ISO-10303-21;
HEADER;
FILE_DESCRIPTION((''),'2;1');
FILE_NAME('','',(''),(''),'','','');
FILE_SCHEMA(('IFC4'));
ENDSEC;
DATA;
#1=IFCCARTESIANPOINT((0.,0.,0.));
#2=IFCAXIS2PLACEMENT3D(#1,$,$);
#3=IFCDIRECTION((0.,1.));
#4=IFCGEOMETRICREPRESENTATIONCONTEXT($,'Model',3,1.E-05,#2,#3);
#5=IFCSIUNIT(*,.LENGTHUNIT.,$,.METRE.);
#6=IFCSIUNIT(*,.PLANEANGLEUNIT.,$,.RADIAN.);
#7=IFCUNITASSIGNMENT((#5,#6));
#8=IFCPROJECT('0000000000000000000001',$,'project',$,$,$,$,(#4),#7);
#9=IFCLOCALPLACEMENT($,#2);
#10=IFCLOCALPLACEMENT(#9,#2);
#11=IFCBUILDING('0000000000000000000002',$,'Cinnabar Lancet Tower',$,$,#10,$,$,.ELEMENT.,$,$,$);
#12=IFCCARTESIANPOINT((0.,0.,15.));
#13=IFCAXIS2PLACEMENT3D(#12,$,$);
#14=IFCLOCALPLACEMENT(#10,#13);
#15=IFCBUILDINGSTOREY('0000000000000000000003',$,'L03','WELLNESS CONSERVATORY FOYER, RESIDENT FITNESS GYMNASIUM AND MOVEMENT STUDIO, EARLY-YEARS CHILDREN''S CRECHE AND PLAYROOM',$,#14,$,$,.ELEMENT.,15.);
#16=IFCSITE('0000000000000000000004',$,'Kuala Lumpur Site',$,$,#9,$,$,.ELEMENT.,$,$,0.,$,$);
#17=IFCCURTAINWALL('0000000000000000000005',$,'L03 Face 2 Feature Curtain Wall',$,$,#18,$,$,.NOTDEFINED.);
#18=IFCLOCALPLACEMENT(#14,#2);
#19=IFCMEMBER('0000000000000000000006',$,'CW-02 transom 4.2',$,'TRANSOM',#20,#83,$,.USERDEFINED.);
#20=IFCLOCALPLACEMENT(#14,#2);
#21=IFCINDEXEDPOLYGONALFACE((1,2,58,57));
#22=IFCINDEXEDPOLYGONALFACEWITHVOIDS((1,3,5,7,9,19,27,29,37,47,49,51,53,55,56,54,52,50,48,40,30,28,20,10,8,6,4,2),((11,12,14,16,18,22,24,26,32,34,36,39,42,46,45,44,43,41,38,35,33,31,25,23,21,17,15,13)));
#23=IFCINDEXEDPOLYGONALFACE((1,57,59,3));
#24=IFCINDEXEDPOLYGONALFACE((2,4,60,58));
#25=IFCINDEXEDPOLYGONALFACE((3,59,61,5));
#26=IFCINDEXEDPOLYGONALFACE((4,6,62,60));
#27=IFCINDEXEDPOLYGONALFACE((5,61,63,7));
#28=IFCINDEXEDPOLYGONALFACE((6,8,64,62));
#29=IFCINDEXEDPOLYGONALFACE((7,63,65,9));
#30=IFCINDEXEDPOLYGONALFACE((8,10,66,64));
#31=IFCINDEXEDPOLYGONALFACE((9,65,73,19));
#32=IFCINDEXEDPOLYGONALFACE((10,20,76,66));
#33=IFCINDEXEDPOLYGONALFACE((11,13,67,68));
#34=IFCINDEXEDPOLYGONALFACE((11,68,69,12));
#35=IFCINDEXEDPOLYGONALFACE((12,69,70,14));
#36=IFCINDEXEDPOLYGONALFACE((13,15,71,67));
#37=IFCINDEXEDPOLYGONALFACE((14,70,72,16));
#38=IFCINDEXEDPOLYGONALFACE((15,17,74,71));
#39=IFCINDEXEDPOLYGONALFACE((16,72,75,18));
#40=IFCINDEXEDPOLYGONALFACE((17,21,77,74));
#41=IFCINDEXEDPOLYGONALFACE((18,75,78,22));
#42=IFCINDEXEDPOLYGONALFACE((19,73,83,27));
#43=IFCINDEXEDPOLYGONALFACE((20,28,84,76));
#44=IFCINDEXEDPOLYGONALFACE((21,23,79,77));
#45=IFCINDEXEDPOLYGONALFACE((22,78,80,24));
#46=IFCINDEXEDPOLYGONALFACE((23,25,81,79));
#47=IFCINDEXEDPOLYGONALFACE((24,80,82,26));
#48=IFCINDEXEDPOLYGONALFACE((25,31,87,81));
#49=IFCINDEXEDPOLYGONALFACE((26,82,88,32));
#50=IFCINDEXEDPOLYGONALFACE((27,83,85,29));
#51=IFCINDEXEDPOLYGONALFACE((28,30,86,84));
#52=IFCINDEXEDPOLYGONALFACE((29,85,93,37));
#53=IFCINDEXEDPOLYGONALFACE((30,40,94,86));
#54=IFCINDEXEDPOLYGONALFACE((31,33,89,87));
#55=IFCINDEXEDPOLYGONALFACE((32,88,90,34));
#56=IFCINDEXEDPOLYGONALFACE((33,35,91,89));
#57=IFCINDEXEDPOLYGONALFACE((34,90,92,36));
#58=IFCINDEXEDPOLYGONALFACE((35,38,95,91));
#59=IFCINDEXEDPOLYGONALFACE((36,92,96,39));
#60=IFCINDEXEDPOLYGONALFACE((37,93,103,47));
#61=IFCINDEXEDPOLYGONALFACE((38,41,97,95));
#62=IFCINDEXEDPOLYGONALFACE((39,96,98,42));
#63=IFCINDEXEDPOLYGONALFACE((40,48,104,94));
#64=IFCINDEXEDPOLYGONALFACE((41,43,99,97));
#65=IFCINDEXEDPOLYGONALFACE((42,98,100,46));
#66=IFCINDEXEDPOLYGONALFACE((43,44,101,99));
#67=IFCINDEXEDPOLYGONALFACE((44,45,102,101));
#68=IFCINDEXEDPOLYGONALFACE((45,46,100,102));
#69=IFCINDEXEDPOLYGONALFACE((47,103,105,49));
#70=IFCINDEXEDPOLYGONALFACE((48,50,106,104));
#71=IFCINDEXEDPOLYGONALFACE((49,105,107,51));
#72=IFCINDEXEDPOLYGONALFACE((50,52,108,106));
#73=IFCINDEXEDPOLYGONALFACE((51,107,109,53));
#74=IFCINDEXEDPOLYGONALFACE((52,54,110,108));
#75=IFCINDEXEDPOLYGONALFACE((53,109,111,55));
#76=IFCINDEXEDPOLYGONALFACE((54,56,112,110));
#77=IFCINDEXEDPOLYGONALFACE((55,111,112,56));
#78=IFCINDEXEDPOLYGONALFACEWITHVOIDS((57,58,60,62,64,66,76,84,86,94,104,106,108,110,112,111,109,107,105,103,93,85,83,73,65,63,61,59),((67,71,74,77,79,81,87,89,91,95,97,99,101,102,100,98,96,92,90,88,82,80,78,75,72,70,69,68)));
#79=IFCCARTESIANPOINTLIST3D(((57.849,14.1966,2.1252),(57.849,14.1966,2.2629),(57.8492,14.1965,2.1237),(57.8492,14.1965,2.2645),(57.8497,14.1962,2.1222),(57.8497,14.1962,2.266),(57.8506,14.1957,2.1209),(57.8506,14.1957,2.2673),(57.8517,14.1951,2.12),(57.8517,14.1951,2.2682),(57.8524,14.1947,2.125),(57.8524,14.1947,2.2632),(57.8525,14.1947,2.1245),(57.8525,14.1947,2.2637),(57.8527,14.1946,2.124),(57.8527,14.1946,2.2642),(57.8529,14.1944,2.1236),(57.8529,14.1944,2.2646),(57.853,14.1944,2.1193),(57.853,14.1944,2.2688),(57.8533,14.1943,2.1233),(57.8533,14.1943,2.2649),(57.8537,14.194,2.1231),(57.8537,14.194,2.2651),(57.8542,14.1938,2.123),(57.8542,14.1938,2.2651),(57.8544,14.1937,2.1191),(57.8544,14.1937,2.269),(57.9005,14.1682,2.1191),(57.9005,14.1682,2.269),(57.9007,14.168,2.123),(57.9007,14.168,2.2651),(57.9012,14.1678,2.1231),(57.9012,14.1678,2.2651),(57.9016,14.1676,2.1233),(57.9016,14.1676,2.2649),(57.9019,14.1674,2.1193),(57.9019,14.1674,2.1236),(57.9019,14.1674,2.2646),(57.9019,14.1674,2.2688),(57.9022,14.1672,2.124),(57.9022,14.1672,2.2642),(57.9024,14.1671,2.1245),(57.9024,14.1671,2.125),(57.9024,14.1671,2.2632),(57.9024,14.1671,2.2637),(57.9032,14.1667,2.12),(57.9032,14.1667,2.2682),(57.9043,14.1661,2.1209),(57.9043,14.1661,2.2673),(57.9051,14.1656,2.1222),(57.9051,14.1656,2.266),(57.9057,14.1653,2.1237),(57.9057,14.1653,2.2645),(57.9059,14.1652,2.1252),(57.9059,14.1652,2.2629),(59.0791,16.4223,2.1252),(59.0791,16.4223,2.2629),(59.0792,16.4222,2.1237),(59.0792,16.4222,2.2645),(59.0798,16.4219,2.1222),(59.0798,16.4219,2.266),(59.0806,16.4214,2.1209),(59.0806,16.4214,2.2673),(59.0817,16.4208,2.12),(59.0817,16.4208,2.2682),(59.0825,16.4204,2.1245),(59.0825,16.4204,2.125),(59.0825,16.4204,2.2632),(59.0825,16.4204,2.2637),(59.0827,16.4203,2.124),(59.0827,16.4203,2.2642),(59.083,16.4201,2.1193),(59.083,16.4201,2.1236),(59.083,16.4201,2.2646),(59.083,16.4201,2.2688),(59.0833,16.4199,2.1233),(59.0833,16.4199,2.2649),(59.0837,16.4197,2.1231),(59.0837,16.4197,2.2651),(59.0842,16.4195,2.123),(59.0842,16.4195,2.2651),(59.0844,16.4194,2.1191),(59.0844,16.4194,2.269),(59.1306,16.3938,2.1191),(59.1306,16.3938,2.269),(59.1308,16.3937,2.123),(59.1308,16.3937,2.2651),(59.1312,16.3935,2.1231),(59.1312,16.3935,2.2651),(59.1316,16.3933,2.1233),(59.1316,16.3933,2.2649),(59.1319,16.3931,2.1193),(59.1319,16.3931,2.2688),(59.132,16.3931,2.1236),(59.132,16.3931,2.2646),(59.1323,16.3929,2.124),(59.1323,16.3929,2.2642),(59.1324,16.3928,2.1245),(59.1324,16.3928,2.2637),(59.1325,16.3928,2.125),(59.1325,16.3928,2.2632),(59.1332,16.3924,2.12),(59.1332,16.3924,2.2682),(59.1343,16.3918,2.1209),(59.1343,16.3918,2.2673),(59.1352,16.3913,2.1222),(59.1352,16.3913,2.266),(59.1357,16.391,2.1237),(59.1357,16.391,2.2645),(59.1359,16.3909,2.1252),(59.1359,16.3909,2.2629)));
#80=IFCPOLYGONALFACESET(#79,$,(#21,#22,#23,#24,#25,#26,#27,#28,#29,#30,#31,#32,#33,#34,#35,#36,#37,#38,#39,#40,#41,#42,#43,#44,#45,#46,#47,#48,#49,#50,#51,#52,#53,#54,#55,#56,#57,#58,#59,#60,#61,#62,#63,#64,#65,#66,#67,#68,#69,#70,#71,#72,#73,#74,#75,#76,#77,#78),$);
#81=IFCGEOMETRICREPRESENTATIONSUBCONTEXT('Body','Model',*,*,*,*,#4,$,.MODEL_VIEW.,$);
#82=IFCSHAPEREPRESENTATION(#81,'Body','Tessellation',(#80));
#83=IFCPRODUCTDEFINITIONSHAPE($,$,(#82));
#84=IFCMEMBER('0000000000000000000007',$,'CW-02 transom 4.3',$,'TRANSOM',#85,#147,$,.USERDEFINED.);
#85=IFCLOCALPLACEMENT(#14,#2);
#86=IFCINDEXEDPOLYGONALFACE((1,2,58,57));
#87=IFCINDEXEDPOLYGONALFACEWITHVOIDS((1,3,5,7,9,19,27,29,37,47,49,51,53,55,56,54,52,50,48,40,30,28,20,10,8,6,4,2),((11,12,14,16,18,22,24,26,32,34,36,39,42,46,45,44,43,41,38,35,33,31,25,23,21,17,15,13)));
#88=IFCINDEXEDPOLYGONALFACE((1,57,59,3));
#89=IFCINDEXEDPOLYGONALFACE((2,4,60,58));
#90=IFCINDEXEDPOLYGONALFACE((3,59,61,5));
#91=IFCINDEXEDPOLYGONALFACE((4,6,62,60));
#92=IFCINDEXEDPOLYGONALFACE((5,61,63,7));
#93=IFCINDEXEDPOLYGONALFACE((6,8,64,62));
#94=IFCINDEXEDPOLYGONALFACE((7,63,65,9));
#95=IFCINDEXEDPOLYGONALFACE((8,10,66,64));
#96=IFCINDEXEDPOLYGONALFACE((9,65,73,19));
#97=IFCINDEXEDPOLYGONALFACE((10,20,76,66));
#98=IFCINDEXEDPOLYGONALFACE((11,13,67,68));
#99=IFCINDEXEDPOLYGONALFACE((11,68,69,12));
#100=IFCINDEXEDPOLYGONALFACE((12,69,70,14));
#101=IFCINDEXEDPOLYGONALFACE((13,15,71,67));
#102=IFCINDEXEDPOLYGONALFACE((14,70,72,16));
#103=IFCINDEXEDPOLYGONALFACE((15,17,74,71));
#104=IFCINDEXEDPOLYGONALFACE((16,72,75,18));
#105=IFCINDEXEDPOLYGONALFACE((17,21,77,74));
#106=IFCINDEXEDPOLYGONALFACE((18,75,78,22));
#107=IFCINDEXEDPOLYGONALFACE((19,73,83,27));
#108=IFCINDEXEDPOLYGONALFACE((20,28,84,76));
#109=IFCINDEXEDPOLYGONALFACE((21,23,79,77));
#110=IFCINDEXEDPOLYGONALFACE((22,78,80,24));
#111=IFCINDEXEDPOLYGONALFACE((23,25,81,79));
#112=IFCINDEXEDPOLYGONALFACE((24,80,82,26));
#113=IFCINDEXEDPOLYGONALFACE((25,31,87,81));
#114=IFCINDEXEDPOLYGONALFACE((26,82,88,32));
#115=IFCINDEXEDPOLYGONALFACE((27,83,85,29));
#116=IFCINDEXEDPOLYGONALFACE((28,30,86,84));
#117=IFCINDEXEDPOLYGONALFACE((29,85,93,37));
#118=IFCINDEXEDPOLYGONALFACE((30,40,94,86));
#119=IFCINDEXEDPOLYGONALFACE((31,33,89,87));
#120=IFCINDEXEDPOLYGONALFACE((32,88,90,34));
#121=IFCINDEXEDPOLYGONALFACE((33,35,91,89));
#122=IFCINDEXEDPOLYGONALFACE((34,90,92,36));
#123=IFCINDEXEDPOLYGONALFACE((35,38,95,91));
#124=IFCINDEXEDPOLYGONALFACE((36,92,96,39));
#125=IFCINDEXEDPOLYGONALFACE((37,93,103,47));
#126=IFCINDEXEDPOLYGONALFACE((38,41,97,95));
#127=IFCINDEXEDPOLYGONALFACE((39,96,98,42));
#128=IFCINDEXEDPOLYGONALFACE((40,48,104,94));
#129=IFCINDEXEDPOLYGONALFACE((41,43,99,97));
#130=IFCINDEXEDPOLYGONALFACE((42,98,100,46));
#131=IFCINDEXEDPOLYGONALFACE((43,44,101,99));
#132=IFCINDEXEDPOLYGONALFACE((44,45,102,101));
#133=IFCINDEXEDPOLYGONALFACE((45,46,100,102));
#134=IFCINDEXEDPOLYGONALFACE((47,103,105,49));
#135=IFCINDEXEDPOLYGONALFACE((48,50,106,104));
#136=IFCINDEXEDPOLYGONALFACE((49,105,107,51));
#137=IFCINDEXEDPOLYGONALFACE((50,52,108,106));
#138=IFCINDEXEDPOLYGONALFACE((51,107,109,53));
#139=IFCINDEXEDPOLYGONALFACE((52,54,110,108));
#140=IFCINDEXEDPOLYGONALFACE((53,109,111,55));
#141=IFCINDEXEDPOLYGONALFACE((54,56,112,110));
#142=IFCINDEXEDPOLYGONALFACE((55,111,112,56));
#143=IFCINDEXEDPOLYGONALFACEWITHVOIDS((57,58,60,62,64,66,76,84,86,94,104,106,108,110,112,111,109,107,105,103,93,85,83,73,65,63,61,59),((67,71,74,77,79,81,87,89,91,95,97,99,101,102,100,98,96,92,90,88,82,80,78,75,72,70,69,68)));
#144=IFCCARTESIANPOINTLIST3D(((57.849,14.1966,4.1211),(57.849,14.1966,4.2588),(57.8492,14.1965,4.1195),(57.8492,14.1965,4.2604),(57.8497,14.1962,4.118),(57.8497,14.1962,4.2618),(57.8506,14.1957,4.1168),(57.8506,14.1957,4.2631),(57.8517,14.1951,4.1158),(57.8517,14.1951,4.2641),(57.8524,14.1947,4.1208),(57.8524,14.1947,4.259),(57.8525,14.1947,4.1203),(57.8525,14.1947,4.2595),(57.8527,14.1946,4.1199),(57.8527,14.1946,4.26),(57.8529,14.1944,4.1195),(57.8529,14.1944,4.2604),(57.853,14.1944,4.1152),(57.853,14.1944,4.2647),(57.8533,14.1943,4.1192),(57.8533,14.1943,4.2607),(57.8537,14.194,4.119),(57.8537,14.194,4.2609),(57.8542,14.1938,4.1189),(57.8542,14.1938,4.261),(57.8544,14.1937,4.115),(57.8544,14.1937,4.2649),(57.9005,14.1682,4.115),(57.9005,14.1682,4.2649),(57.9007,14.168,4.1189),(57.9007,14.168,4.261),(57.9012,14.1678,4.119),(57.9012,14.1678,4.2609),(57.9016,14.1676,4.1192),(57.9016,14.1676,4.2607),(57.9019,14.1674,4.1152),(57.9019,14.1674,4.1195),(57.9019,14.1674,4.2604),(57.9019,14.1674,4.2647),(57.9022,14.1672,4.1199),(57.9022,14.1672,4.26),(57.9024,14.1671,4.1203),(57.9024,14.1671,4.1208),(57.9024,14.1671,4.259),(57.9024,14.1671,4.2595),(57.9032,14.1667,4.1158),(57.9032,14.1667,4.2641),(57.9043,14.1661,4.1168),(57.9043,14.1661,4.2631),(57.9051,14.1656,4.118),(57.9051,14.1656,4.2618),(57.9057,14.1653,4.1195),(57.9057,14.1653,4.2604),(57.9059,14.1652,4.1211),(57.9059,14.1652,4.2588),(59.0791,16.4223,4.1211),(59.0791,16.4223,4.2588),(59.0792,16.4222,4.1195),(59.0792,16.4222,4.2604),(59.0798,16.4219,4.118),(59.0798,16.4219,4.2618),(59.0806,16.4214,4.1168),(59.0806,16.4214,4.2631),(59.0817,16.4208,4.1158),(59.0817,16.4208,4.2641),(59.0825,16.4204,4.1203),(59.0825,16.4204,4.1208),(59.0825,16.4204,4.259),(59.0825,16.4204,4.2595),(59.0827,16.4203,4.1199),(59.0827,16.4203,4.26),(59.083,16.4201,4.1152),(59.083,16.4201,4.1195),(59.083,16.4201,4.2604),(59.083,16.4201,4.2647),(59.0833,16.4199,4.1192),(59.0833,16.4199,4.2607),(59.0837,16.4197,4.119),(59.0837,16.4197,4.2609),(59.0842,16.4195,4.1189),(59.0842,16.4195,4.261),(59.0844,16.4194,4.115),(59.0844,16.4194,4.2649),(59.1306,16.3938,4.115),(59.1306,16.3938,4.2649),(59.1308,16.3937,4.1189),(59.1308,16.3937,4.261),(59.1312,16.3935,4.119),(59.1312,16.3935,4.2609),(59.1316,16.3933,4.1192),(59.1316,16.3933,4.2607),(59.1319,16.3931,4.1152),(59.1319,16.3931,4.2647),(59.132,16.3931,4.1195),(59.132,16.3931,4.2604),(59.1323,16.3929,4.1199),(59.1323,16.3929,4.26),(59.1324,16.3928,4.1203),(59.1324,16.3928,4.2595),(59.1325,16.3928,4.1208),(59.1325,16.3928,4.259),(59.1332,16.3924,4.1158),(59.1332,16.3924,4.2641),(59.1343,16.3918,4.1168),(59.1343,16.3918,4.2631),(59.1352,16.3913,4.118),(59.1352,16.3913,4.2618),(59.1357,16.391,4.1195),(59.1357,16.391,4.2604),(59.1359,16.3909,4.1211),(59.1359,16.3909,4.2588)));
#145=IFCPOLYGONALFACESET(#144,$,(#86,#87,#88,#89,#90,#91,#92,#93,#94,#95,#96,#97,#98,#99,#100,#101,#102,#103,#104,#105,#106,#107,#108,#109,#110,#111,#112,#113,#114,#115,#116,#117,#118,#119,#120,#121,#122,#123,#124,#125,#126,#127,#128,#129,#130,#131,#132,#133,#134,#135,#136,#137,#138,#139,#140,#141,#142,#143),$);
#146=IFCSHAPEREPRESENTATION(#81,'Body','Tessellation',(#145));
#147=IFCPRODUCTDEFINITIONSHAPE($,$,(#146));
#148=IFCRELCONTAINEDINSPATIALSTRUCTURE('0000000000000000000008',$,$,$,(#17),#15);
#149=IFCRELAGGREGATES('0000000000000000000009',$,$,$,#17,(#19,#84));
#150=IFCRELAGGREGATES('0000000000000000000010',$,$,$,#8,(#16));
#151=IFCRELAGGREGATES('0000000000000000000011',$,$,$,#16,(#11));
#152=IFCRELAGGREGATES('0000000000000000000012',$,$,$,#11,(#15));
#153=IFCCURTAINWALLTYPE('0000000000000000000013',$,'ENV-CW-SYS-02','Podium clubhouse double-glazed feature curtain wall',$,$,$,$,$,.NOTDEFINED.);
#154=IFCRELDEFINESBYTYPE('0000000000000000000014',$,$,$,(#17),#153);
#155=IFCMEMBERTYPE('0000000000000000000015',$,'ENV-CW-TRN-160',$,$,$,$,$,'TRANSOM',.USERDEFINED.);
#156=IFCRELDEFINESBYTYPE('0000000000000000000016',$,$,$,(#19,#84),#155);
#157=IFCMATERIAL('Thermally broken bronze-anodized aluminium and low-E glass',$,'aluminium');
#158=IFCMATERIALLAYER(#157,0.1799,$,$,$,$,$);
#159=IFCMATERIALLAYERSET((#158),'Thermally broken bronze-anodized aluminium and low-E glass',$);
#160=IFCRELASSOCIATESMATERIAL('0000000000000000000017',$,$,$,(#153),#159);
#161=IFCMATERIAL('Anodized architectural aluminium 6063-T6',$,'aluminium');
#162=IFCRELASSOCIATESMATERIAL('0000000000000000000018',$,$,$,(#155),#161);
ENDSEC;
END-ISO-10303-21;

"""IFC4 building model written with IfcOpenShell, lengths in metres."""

from ifc_helpers import new_model, si_unit, direction, frame, origin, origin_2d, place, context, subcontext, project, spatial, hollow_rectangle, extrude, material, layer, layer_set, material_profile, profile_set, type_object, element, aggregate, save


model = new_model("IFC4")

# Units and contexts
model_context = context("Model", 3, precision=1e-05, world=origin(), true_north=direction((0.0, 1.0)))
body_context = subcontext(model_context, "Body", "Model", "MODEL_VIEW")
ifc_project = project(units=[si_unit("LENGTHUNIT", "METRE"), si_unit("PLANEANGLEUNIT", "RADIAN")], contexts=[model_context])

# Site, building, storey
site_placement = place(None, origin())
site = spatial("IfcSite", under=ifc_project, at=site_placement, Name="Kuala Lumpur Site", CompositionType="ELEMENT", RefElevation=0.0)
building_placement = place(site_placement, origin())
building = spatial("IfcBuilding", under=site, at=building_placement, Name="Cinnabar Lancet Tower", CompositionType="ELEMENT")
storey_placement = place(building_placement, frame((0.0, 0.0, 15.0)))
storey = spatial("IfcBuildingStorey", under=building, at=storey_placement, Name="L03", Description="WELLNESS CONSERVATORY FOYER, RESIDENT FITNESS GYMNASIUM AND MOVEMENT STUDIO, EARLY-YEARS CHILDREN'S CRECHE AND PLAYROOM", CompositionType="ELEMENT", Elevation=15.0)

# Curtain wall, members
ifc_material_1 = material(Name="Thermally broken bronze-anodized aluminium and low-E glass", Category="aluminium")
ifc_layer_1 = layer(ifc_material_1, 0.1799)
ifc_layer_set_1 = layer_set([ifc_layer_1], Name="Thermally broken bronze-anodized aluminium and low-E glass")
curtain_wall_type = type_object("IfcCurtainWallType", Name="ENV-CW-SYS-02", Description="Podium clubhouse double-glazed feature curtain wall", PredefinedType="NOTDEFINED", material=ifc_layer_set_1)
curtain_wall_placement = place(storey_placement, origin())
curtain_wall = element("IfcCurtainWall", 1, at=curtain_wall_placement, inside=storey, type_object=curtain_wall_type, Name="L03 Face 2 Feature Curtain Wall", PredefinedType="NOTDEFINED")
ifc_material_2 = material(Name="Anodized architectural aluminium 6063-T6", Category="aluminium")
ifc_material_profile_1 = material_profile(ifc_material_2, hollow_rectangle(XDim=0.0649, YDim=0.1499, WallThickness=0.0039, InnerFilletRadius=0.002, OuterFilletRadius=0.0061, at=origin_2d()), Name="CW-TRN 150x65x4")
ifc_profile_set_1 = profile_set([ifc_material_profile_1], Name="Anodized architectural aluminium 6063-T6")
member_type_1 = type_object("IfcMemberType", Name="ENV-CW-TRN-160", ElementType="TRANSOM", PredefinedType="USERDEFINED", material=ifc_profile_set_1)
member_1_placement = place(storey_placement, frame((57.8774, 14.1809, 2.1941), z_axis=(0.483702, 0.875233, 0.0), x_axis=(-0.875233, 0.483702, 0.0)))
member_1 = element("IfcMember", 2, at=member_1_placement, type_object=member_type_1, Name="CW-02 transom 4.2", ObjectType="TRANSOM", PredefinedType="USERDEFINED", context=body_context, shape_type="SweptSolid", body=[
    extrude(hollow_rectangle(XDim=0.0649, YDim=0.1499, WallThickness=0.0039, InnerFilletRadius=0.002, OuterFilletRadius=0.0061, at=origin_2d()), origin(), (0.0, 0.0, 1.0), 2.543),
])
member_2_placement = place(storey_placement, frame((57.8774, 14.1809, 4.1899), z_axis=(0.483702, 0.875233, 0.0), x_axis=(-0.875233, 0.483702, 0.0)))
member_2 = element("IfcMember", 3, at=member_2_placement, type_object=member_type_1, Name="CW-02 transom 4.3", ObjectType="TRANSOM", PredefinedType="USERDEFINED", context=body_context, shape_type="SweptSolid", body=[
    extrude(hollow_rectangle(XDim=0.0649, YDim=0.1499, WallThickness=0.0039, InnerFilletRadius=0.002, OuterFilletRadius=0.0061, at=origin_2d()), origin(), (0.0, 0.0, 1.0), 2.543),
])
aggregate(curtain_wall, [member_1, member_2])

save(model, "model.ifc")
